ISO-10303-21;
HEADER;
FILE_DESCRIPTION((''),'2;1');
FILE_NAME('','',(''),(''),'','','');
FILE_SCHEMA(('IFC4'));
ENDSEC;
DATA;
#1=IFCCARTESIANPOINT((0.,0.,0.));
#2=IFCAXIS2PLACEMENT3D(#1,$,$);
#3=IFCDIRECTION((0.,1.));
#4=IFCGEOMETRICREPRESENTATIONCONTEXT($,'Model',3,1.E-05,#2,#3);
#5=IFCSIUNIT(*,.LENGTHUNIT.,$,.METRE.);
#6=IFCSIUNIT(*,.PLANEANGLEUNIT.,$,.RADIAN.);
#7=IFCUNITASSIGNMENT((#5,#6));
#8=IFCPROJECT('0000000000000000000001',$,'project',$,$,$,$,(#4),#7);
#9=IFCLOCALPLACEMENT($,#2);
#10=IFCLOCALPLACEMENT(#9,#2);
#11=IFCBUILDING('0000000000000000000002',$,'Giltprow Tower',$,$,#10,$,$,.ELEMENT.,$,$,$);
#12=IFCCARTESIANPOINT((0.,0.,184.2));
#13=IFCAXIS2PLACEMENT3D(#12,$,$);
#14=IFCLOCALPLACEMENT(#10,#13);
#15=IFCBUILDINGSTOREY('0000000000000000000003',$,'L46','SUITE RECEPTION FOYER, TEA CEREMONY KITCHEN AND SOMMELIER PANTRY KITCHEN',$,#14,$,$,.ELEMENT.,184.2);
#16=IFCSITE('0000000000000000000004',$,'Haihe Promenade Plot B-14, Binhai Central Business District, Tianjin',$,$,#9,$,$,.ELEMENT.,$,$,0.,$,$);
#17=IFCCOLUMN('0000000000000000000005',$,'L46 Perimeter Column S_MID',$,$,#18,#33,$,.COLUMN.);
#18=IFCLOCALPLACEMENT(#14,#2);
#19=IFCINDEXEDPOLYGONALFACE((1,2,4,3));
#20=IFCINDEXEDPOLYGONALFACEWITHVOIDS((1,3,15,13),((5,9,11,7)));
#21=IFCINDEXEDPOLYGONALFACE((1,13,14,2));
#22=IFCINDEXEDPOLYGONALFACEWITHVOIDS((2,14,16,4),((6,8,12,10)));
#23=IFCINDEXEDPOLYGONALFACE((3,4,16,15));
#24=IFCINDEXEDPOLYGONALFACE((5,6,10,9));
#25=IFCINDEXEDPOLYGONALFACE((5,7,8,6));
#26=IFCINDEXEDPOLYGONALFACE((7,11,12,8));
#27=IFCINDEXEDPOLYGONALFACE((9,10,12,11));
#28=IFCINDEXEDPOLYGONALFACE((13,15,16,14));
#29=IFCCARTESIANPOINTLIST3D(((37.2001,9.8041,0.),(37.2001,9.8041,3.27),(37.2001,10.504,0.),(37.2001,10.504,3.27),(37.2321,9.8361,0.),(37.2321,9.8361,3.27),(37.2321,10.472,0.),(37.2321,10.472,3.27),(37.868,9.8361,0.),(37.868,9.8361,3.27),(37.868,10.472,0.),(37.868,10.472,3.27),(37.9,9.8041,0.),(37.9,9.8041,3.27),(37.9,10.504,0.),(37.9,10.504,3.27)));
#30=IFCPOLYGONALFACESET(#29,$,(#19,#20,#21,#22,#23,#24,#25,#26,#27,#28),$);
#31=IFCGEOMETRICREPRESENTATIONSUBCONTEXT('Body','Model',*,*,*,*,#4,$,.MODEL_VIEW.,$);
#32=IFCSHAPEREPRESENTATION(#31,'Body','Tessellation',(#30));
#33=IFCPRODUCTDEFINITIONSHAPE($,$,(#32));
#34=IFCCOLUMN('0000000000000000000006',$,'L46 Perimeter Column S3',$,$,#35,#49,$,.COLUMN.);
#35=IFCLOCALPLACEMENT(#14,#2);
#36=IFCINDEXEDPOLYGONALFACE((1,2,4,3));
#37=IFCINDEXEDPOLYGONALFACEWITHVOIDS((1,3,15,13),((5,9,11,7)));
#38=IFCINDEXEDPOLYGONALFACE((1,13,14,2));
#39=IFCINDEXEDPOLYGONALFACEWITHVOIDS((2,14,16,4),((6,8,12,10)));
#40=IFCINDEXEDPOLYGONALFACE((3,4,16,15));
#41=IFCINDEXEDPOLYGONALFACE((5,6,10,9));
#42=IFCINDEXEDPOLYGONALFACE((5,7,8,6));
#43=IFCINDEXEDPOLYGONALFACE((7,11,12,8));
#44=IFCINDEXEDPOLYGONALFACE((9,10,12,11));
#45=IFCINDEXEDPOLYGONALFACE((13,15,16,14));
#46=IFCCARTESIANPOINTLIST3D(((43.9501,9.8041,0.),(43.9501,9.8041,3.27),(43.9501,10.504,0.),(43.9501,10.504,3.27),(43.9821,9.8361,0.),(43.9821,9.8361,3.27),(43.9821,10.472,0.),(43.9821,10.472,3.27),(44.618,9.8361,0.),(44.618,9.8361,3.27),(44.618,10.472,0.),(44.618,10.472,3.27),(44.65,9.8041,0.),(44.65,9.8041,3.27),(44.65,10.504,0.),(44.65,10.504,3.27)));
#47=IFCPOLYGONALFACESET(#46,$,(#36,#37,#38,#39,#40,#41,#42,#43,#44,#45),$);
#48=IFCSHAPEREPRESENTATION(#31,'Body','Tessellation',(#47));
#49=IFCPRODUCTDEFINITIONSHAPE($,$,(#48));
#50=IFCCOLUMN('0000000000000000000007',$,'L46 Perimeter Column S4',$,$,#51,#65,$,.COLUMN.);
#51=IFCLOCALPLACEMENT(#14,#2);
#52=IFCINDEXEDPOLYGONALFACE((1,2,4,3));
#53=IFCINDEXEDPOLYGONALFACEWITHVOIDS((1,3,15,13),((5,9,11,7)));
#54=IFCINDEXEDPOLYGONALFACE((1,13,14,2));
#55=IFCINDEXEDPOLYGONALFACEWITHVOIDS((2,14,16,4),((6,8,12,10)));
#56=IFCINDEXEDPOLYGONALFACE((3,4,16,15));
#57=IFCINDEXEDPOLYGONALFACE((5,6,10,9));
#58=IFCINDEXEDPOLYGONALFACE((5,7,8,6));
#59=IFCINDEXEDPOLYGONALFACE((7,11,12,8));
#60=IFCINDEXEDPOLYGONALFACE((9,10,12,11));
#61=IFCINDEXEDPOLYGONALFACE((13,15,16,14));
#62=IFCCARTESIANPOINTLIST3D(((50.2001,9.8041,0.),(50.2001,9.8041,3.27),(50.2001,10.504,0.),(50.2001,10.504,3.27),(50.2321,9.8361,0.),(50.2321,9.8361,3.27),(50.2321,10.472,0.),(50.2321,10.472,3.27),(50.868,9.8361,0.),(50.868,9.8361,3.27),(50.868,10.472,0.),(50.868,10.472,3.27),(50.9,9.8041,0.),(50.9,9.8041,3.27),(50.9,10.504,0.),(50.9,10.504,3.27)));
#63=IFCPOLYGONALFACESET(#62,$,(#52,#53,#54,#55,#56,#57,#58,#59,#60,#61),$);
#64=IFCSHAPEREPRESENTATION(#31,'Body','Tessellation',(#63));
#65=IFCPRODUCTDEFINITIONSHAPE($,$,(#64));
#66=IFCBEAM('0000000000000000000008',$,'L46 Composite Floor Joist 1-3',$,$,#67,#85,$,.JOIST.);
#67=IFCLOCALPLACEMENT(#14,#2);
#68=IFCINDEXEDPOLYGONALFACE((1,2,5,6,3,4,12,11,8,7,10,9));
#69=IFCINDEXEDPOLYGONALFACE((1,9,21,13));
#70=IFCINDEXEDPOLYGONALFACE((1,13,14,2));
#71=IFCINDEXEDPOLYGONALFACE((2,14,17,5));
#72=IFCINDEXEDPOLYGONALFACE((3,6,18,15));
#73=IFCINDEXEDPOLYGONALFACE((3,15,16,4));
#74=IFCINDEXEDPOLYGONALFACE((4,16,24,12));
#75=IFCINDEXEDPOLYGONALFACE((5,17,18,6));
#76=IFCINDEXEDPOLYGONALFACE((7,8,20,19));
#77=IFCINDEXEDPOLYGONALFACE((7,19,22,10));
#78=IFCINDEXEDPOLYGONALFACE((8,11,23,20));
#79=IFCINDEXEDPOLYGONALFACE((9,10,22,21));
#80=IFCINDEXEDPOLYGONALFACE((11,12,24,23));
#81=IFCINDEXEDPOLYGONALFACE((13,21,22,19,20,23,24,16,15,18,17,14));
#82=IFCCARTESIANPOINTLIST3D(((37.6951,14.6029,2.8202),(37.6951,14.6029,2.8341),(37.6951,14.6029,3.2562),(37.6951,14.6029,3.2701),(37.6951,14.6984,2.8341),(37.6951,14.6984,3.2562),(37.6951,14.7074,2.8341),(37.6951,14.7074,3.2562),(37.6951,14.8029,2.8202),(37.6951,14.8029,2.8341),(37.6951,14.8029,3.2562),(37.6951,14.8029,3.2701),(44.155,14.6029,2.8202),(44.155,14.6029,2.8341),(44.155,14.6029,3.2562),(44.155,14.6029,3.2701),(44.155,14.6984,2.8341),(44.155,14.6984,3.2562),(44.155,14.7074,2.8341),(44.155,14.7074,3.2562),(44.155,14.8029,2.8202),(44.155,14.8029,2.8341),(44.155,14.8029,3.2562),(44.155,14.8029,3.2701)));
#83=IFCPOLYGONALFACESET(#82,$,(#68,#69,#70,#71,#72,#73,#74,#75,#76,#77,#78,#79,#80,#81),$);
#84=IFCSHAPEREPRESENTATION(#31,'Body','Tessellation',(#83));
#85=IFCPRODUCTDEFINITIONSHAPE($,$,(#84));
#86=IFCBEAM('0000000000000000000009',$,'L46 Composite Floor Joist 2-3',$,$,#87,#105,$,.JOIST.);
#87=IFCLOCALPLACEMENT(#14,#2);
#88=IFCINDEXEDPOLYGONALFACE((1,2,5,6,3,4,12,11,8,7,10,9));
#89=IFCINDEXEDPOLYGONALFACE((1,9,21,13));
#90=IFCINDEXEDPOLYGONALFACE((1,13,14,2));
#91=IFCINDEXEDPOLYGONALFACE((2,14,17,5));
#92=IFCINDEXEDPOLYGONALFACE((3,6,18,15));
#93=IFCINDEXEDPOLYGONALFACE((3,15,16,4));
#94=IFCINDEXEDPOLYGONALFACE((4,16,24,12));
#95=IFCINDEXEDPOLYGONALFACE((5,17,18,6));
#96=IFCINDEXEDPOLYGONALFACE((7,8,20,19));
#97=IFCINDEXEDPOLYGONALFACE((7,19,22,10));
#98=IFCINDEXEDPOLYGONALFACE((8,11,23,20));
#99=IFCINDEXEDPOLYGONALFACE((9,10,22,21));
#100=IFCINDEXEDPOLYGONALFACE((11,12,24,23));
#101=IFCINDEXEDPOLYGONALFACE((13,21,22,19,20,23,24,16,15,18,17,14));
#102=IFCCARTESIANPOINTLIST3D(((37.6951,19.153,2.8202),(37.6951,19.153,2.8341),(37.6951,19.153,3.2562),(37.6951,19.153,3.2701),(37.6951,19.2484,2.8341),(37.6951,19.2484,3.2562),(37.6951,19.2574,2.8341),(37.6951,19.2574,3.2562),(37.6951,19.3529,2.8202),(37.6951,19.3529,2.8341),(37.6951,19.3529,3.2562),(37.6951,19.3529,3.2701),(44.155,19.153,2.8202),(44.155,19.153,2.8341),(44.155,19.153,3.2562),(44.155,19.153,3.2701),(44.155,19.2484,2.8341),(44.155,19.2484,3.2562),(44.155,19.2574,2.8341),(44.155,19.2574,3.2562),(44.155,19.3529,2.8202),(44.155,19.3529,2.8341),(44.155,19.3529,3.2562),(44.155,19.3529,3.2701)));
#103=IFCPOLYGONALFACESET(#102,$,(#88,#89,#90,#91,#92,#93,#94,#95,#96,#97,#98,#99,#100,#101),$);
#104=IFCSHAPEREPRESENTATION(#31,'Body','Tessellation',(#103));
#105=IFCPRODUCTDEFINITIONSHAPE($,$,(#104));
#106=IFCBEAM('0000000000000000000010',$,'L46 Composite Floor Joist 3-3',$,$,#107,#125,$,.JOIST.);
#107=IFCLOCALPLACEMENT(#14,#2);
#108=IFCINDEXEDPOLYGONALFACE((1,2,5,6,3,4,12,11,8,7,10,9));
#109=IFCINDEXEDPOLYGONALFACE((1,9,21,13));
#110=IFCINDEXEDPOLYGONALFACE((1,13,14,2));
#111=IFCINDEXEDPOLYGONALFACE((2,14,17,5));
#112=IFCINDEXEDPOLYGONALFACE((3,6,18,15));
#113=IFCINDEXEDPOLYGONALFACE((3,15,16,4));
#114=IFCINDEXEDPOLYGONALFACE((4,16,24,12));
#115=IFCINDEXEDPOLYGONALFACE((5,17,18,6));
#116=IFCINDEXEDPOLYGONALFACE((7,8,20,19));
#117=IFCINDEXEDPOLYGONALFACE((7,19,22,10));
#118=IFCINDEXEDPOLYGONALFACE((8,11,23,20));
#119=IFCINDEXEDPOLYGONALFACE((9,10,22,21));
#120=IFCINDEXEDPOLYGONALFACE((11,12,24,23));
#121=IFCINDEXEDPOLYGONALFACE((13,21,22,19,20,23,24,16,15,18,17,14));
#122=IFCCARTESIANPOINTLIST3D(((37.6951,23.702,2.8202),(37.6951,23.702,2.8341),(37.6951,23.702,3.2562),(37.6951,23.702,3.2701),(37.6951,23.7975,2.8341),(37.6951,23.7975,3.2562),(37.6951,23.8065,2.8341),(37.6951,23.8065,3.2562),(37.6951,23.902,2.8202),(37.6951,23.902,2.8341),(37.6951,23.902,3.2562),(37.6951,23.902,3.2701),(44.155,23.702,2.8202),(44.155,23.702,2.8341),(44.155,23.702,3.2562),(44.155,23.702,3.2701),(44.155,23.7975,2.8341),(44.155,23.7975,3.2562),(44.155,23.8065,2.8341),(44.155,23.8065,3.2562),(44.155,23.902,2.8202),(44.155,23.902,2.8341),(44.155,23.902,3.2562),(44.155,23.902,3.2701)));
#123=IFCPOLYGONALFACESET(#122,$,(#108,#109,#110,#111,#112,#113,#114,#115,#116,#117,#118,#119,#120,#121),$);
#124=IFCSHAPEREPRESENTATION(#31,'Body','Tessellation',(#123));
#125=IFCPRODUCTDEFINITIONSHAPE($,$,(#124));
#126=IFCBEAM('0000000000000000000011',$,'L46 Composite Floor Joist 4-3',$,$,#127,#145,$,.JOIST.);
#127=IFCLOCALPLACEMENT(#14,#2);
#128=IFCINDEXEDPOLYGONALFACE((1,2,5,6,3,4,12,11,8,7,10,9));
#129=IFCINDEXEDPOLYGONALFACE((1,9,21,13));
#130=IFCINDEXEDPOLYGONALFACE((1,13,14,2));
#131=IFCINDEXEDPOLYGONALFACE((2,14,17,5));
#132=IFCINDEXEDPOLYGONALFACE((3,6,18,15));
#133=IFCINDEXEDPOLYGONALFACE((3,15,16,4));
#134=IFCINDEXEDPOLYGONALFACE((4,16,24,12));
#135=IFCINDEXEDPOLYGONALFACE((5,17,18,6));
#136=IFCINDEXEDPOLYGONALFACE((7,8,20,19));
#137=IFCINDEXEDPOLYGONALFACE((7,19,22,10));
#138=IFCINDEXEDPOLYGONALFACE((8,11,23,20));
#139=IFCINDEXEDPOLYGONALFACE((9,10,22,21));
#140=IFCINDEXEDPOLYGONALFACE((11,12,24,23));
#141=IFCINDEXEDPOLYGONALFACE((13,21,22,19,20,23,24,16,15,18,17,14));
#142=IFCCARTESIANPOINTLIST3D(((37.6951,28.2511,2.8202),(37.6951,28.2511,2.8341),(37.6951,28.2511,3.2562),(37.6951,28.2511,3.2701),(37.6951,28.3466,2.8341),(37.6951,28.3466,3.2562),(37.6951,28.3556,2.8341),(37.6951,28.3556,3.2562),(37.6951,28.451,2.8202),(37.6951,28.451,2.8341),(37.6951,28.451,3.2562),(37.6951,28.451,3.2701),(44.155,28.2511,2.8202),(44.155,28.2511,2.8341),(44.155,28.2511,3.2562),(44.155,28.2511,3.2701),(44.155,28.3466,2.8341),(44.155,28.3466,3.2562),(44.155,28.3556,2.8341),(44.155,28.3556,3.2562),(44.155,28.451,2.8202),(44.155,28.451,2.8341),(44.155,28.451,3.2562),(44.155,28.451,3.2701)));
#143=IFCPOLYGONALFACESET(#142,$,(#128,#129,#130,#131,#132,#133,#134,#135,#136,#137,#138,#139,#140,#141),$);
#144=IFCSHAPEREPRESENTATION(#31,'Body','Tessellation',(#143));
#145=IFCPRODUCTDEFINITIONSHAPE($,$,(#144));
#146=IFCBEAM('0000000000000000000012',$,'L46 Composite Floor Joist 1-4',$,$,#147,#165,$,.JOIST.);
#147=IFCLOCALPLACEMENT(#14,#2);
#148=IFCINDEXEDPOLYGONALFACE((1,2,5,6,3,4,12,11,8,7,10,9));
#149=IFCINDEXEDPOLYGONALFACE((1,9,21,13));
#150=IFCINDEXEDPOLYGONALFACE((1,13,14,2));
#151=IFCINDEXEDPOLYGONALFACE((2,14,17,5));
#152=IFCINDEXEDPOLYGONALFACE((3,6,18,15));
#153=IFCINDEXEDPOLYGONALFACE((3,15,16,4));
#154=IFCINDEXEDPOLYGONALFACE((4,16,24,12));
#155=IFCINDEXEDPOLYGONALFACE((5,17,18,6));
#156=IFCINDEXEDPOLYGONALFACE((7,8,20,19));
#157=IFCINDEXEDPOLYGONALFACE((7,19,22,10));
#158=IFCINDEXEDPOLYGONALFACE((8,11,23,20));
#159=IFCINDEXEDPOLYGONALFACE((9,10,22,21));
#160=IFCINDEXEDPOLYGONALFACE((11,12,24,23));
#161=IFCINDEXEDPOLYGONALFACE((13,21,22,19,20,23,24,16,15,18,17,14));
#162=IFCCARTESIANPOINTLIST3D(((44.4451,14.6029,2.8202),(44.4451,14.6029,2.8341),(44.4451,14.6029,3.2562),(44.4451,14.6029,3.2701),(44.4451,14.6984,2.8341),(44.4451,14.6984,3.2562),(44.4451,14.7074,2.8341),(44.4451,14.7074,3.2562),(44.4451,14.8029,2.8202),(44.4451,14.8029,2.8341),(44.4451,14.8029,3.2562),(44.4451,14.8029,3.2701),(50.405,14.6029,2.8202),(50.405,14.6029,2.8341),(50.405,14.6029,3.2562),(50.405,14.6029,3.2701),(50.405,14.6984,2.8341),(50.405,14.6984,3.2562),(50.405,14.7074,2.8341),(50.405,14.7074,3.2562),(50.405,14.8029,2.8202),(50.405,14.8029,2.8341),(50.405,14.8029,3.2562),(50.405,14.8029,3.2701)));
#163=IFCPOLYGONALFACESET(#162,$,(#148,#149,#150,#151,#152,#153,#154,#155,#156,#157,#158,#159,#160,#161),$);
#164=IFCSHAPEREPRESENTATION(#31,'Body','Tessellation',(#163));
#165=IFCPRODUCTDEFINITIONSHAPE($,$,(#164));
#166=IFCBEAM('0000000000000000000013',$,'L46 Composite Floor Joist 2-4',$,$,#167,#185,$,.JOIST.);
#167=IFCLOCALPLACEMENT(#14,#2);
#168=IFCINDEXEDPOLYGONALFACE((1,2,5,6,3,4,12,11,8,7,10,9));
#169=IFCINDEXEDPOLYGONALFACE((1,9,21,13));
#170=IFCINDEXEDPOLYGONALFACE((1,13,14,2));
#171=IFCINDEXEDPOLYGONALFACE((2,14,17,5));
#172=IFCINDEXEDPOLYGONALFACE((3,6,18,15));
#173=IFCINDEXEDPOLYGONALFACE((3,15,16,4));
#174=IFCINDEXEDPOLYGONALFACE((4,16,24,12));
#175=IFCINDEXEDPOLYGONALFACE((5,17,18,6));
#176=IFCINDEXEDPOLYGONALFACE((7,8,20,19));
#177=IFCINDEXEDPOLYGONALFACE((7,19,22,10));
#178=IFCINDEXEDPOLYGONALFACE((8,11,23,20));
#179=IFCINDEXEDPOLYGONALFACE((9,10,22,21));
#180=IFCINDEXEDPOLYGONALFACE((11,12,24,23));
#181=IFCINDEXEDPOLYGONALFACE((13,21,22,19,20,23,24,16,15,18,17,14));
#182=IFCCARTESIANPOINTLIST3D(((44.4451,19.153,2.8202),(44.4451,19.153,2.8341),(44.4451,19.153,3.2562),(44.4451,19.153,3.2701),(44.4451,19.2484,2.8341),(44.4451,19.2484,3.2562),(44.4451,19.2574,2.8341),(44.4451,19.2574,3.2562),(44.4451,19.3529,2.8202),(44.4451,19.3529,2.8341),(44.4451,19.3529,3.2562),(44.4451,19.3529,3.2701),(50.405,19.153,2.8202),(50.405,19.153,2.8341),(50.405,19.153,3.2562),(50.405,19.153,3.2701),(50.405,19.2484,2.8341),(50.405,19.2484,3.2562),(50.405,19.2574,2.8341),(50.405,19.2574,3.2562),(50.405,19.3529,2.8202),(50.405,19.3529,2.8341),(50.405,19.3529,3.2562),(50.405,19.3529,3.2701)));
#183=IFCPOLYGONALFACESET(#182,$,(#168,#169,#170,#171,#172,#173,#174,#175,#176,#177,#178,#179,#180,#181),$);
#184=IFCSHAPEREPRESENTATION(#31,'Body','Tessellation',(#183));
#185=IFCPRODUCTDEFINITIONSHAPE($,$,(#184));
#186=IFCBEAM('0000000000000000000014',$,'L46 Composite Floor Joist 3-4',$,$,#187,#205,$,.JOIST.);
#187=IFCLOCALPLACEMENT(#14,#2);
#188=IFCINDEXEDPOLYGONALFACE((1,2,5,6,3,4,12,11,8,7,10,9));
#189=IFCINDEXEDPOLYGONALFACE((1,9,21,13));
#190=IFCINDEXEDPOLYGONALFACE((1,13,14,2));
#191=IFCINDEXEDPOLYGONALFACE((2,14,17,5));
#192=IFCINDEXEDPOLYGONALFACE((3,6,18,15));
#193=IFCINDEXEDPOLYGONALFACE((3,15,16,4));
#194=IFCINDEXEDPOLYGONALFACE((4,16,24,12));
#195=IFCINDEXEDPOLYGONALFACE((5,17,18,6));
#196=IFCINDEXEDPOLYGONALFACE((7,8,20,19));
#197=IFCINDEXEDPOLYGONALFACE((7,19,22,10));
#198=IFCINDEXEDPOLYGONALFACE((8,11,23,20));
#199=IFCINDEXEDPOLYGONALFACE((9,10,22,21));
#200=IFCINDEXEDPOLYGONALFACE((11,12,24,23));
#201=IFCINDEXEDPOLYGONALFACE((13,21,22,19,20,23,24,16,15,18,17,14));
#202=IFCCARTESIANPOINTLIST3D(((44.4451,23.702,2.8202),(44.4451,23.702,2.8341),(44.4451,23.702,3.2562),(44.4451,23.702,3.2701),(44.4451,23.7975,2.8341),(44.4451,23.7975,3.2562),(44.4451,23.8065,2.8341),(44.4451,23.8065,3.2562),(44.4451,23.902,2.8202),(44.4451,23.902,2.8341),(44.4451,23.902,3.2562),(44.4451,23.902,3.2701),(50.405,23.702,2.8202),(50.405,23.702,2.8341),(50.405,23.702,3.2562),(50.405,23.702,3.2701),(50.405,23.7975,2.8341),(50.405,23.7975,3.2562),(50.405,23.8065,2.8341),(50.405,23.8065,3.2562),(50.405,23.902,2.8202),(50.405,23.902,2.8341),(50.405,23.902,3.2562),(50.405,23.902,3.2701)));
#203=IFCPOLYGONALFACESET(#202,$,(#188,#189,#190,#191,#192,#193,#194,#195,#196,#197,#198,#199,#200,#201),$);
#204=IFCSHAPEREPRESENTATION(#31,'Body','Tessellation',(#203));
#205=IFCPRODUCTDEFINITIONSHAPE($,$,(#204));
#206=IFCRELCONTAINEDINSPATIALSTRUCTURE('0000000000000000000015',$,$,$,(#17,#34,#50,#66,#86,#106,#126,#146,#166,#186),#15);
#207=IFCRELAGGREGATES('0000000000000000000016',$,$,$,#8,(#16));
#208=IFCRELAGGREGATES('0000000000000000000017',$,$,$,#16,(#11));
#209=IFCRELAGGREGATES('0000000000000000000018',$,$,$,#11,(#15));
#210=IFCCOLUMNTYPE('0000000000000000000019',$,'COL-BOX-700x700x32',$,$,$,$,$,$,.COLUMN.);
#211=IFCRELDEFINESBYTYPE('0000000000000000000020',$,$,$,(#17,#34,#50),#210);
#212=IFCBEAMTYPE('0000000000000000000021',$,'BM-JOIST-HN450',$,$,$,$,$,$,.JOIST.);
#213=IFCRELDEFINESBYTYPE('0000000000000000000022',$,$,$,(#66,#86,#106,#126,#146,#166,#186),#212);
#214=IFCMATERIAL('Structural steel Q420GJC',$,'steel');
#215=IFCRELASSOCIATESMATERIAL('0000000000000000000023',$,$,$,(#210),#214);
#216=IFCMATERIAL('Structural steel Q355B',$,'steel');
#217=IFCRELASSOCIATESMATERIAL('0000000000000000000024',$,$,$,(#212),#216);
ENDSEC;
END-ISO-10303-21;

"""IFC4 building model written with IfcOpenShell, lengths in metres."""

from ifc_helpers import new_model, si_unit, direction, frame, origin, origin_2d, place, context, subcontext, project, spatial, hollow_rectangle, i_section, extrude, source, transform, mapped, material, material_profile, profile_set, type_object, element, save


model = new_model("IFC4")

# Units and contexts
model_context = context("Model", 3, precision=1e-05, world=origin(), true_north=direction((0.0, 1.0)))
body_context = subcontext(model_context, "Body", "Model", "MODEL_VIEW")
ifc_project = project(units=[si_unit("LENGTHUNIT", "METRE"), si_unit("PLANEANGLEUNIT", "RADIAN")], contexts=[model_context])

# Site, building, storey
site_placement = place(None, origin())
site = spatial("IfcSite", under=ifc_project, at=site_placement, Name="Haihe Promenade Plot B-14, Binhai Central Business District, Tianjin", CompositionType="ELEMENT", RefElevation=0.0)
building_placement = place(site_placement, origin())
building = spatial("IfcBuilding", under=site, at=building_placement, Name="Giltprow Tower", CompositionType="ELEMENT")
storey_placement = place(building_placement, frame((0.0, 0.0, 184.2)))
storey = spatial("IfcBuildingStorey", under=building, at=storey_placement, Name="L46", Description="SUITE RECEPTION FOYER, TEA CEREMONY KITCHEN AND SOMMELIER PANTRY KITCHEN", CompositionType="ELEMENT", Elevation=184.2)

# Columns
ifc_material_1 = material(Name="Structural steel Q420GJC", Category="steel")
ifc_material_profile_1 = material_profile(ifc_material_1, hollow_rectangle(XDim=0.7, YDim=0.7, WallThickness=0.032, at=origin_2d()), Name="BOX 700x700x32")
ifc_profile_set_1 = profile_set([ifc_material_profile_1], Name="Structural steel Q420GJC")
column_type = type_object("IfcColumnType", Name="COL-BOX-700x700x32", PredefinedType="COLUMN", material=ifc_profile_set_1)
shared_shape_1 = source(origin(), body_context, "Body", "SweptSolid", [
    extrude(hollow_rectangle(XDim=0.7, YDim=0.7, WallThickness=0.032, at=origin_2d()), origin(), (0.0, 0.0, 1.0), 3.27),
])
for number, where, z_axis, x_axis, name in (
    (1, (37.55, 10.1541, 0.0), (0.0, 0.0, 1.0), (1.0, 0.0, 0.0), "L46 Perimeter Column S_MID"),
    (2, (44.3, 10.1541, 0.0), (0.0, 0.0, 1.0), (1.0, 0.0, 0.0), "L46 Perimeter Column S3"),
    (3, (50.55, 10.1541, 0.0), (0.0, 0.0, 1.0), (1.0, 0.0, 0.0), "L46 Perimeter Column S4"),
):
    element("IfcColumn", number, at=place(storey_placement, frame(where, z_axis=z_axis, x_axis=x_axis)), inside=storey, type_object=column_type, Name=name, PredefinedType="COLUMN", context=body_context, shape_type="MappedRepresentation", body=[
        mapped(shared_shape_1, transform((0.0, 0.0, 0.0), x_axis=(1.0, 0.0, 0.0), y_axis=(0.0, 1.0, 0.0), z_axis=(0.0, 0.0, 1.0), scale=1.0)),
    ])

# Beams
ifc_material_2 = material(Name="Structural steel Q355B", Category="steel")
ifc_material_profile_2 = material_profile(ifc_material_2, i_section(OverallWidth=0.2, OverallDepth=0.45, WebThickness=0.009, FlangeThickness=0.0139, at=origin_2d()), Name="HN 450x200x9x14")
ifc_profile_set_2 = profile_set([ifc_material_profile_2], Name="Structural steel Q355B")
beam_type_1 = type_object("IfcBeamType", Name="BM-JOIST-HN450", PredefinedType="JOIST", material=ifc_profile_set_2)
shared_shape_2 = source(origin(), body_context, "Body", "SweptSolid", [
    extrude(i_section(OverallWidth=0.2, OverallDepth=0.45, WebThickness=0.009, FlangeThickness=0.0139, at=origin_2d()), origin(), (0.0, 0.0, 1.0), 6.46),
])
for number, where, z_axis, x_axis, name in (
    (4, (37.6951, 14.7029, 3.0452), (1.0, 0.0, 0.0), (0.0, 1.0, 0.0), "L46 Composite Floor Joist 1-3"),
    (5, (37.6951, 19.2529, 3.0452), (1.0, 0.0, 0.0), (0.0, 1.0, 0.0), "L46 Composite Floor Joist 2-3"),
    (6, (37.6951, 23.802, 3.0452), (1.0, 0.0, 0.0), (0.0, 1.0, 0.0), "L46 Composite Floor Joist 3-3"),
    (7, (37.6951, 28.3511, 3.0452), (1.0, 0.0, 0.0), (0.0, 1.0, 0.0), "L46 Composite Floor Joist 4-3"),
):
    element("IfcBeam", number, at=place(storey_placement, frame(where, z_axis=z_axis, x_axis=x_axis)), inside=storey, type_object=beam_type_1, Name=name, PredefinedType="JOIST", context=body_context, shape_type="MappedRepresentation", body=[
        mapped(shared_shape_2, transform((0.0, 0.0, 0.0), x_axis=(1.0, 0.0, 0.0), y_axis=(0.0, 1.0, 0.0), z_axis=(0.0, 0.0, 1.0), scale=1.0)),
    ])
shared_shape_3 = source(origin(), body_context, "Body", "SweptSolid", [
    extrude(i_section(OverallWidth=0.2, OverallDepth=0.45, WebThickness=0.009, FlangeThickness=0.0139, at=origin_2d()), origin(), (0.0, 0.0, 1.0), 5.96),
])
for number, where, z_axis, x_axis, name in (
    (8, (44.4451, 14.7029, 3.0452), (1.0, 0.0, 0.0), (0.0, 1.0, 0.0), "L46 Composite Floor Joist 1-4"),
    (9, (44.4451, 19.2529, 3.0452), (1.0, 0.0, 0.0), (0.0, 1.0, 0.0), "L46 Composite Floor Joist 2-4"),
    (10, (44.4451, 23.802, 3.0452), (1.0, 0.0, 0.0), (0.0, 1.0, 0.0), "L46 Composite Floor Joist 3-4"),
):
    element("IfcBeam", number, at=place(storey_placement, frame(where, z_axis=z_axis, x_axis=x_axis)), inside=storey, type_object=beam_type_1, Name=name, PredefinedType="JOIST", context=body_context, shape_type="MappedRepresentation", body=[
        mapped(shared_shape_3, transform((0.0, 0.0, 0.0), x_axis=(1.0, 0.0, 0.0), y_axis=(0.0, 1.0, 0.0), z_axis=(0.0, 0.0, 1.0), scale=1.0)),
    ])

save(model, "model.ifc")
